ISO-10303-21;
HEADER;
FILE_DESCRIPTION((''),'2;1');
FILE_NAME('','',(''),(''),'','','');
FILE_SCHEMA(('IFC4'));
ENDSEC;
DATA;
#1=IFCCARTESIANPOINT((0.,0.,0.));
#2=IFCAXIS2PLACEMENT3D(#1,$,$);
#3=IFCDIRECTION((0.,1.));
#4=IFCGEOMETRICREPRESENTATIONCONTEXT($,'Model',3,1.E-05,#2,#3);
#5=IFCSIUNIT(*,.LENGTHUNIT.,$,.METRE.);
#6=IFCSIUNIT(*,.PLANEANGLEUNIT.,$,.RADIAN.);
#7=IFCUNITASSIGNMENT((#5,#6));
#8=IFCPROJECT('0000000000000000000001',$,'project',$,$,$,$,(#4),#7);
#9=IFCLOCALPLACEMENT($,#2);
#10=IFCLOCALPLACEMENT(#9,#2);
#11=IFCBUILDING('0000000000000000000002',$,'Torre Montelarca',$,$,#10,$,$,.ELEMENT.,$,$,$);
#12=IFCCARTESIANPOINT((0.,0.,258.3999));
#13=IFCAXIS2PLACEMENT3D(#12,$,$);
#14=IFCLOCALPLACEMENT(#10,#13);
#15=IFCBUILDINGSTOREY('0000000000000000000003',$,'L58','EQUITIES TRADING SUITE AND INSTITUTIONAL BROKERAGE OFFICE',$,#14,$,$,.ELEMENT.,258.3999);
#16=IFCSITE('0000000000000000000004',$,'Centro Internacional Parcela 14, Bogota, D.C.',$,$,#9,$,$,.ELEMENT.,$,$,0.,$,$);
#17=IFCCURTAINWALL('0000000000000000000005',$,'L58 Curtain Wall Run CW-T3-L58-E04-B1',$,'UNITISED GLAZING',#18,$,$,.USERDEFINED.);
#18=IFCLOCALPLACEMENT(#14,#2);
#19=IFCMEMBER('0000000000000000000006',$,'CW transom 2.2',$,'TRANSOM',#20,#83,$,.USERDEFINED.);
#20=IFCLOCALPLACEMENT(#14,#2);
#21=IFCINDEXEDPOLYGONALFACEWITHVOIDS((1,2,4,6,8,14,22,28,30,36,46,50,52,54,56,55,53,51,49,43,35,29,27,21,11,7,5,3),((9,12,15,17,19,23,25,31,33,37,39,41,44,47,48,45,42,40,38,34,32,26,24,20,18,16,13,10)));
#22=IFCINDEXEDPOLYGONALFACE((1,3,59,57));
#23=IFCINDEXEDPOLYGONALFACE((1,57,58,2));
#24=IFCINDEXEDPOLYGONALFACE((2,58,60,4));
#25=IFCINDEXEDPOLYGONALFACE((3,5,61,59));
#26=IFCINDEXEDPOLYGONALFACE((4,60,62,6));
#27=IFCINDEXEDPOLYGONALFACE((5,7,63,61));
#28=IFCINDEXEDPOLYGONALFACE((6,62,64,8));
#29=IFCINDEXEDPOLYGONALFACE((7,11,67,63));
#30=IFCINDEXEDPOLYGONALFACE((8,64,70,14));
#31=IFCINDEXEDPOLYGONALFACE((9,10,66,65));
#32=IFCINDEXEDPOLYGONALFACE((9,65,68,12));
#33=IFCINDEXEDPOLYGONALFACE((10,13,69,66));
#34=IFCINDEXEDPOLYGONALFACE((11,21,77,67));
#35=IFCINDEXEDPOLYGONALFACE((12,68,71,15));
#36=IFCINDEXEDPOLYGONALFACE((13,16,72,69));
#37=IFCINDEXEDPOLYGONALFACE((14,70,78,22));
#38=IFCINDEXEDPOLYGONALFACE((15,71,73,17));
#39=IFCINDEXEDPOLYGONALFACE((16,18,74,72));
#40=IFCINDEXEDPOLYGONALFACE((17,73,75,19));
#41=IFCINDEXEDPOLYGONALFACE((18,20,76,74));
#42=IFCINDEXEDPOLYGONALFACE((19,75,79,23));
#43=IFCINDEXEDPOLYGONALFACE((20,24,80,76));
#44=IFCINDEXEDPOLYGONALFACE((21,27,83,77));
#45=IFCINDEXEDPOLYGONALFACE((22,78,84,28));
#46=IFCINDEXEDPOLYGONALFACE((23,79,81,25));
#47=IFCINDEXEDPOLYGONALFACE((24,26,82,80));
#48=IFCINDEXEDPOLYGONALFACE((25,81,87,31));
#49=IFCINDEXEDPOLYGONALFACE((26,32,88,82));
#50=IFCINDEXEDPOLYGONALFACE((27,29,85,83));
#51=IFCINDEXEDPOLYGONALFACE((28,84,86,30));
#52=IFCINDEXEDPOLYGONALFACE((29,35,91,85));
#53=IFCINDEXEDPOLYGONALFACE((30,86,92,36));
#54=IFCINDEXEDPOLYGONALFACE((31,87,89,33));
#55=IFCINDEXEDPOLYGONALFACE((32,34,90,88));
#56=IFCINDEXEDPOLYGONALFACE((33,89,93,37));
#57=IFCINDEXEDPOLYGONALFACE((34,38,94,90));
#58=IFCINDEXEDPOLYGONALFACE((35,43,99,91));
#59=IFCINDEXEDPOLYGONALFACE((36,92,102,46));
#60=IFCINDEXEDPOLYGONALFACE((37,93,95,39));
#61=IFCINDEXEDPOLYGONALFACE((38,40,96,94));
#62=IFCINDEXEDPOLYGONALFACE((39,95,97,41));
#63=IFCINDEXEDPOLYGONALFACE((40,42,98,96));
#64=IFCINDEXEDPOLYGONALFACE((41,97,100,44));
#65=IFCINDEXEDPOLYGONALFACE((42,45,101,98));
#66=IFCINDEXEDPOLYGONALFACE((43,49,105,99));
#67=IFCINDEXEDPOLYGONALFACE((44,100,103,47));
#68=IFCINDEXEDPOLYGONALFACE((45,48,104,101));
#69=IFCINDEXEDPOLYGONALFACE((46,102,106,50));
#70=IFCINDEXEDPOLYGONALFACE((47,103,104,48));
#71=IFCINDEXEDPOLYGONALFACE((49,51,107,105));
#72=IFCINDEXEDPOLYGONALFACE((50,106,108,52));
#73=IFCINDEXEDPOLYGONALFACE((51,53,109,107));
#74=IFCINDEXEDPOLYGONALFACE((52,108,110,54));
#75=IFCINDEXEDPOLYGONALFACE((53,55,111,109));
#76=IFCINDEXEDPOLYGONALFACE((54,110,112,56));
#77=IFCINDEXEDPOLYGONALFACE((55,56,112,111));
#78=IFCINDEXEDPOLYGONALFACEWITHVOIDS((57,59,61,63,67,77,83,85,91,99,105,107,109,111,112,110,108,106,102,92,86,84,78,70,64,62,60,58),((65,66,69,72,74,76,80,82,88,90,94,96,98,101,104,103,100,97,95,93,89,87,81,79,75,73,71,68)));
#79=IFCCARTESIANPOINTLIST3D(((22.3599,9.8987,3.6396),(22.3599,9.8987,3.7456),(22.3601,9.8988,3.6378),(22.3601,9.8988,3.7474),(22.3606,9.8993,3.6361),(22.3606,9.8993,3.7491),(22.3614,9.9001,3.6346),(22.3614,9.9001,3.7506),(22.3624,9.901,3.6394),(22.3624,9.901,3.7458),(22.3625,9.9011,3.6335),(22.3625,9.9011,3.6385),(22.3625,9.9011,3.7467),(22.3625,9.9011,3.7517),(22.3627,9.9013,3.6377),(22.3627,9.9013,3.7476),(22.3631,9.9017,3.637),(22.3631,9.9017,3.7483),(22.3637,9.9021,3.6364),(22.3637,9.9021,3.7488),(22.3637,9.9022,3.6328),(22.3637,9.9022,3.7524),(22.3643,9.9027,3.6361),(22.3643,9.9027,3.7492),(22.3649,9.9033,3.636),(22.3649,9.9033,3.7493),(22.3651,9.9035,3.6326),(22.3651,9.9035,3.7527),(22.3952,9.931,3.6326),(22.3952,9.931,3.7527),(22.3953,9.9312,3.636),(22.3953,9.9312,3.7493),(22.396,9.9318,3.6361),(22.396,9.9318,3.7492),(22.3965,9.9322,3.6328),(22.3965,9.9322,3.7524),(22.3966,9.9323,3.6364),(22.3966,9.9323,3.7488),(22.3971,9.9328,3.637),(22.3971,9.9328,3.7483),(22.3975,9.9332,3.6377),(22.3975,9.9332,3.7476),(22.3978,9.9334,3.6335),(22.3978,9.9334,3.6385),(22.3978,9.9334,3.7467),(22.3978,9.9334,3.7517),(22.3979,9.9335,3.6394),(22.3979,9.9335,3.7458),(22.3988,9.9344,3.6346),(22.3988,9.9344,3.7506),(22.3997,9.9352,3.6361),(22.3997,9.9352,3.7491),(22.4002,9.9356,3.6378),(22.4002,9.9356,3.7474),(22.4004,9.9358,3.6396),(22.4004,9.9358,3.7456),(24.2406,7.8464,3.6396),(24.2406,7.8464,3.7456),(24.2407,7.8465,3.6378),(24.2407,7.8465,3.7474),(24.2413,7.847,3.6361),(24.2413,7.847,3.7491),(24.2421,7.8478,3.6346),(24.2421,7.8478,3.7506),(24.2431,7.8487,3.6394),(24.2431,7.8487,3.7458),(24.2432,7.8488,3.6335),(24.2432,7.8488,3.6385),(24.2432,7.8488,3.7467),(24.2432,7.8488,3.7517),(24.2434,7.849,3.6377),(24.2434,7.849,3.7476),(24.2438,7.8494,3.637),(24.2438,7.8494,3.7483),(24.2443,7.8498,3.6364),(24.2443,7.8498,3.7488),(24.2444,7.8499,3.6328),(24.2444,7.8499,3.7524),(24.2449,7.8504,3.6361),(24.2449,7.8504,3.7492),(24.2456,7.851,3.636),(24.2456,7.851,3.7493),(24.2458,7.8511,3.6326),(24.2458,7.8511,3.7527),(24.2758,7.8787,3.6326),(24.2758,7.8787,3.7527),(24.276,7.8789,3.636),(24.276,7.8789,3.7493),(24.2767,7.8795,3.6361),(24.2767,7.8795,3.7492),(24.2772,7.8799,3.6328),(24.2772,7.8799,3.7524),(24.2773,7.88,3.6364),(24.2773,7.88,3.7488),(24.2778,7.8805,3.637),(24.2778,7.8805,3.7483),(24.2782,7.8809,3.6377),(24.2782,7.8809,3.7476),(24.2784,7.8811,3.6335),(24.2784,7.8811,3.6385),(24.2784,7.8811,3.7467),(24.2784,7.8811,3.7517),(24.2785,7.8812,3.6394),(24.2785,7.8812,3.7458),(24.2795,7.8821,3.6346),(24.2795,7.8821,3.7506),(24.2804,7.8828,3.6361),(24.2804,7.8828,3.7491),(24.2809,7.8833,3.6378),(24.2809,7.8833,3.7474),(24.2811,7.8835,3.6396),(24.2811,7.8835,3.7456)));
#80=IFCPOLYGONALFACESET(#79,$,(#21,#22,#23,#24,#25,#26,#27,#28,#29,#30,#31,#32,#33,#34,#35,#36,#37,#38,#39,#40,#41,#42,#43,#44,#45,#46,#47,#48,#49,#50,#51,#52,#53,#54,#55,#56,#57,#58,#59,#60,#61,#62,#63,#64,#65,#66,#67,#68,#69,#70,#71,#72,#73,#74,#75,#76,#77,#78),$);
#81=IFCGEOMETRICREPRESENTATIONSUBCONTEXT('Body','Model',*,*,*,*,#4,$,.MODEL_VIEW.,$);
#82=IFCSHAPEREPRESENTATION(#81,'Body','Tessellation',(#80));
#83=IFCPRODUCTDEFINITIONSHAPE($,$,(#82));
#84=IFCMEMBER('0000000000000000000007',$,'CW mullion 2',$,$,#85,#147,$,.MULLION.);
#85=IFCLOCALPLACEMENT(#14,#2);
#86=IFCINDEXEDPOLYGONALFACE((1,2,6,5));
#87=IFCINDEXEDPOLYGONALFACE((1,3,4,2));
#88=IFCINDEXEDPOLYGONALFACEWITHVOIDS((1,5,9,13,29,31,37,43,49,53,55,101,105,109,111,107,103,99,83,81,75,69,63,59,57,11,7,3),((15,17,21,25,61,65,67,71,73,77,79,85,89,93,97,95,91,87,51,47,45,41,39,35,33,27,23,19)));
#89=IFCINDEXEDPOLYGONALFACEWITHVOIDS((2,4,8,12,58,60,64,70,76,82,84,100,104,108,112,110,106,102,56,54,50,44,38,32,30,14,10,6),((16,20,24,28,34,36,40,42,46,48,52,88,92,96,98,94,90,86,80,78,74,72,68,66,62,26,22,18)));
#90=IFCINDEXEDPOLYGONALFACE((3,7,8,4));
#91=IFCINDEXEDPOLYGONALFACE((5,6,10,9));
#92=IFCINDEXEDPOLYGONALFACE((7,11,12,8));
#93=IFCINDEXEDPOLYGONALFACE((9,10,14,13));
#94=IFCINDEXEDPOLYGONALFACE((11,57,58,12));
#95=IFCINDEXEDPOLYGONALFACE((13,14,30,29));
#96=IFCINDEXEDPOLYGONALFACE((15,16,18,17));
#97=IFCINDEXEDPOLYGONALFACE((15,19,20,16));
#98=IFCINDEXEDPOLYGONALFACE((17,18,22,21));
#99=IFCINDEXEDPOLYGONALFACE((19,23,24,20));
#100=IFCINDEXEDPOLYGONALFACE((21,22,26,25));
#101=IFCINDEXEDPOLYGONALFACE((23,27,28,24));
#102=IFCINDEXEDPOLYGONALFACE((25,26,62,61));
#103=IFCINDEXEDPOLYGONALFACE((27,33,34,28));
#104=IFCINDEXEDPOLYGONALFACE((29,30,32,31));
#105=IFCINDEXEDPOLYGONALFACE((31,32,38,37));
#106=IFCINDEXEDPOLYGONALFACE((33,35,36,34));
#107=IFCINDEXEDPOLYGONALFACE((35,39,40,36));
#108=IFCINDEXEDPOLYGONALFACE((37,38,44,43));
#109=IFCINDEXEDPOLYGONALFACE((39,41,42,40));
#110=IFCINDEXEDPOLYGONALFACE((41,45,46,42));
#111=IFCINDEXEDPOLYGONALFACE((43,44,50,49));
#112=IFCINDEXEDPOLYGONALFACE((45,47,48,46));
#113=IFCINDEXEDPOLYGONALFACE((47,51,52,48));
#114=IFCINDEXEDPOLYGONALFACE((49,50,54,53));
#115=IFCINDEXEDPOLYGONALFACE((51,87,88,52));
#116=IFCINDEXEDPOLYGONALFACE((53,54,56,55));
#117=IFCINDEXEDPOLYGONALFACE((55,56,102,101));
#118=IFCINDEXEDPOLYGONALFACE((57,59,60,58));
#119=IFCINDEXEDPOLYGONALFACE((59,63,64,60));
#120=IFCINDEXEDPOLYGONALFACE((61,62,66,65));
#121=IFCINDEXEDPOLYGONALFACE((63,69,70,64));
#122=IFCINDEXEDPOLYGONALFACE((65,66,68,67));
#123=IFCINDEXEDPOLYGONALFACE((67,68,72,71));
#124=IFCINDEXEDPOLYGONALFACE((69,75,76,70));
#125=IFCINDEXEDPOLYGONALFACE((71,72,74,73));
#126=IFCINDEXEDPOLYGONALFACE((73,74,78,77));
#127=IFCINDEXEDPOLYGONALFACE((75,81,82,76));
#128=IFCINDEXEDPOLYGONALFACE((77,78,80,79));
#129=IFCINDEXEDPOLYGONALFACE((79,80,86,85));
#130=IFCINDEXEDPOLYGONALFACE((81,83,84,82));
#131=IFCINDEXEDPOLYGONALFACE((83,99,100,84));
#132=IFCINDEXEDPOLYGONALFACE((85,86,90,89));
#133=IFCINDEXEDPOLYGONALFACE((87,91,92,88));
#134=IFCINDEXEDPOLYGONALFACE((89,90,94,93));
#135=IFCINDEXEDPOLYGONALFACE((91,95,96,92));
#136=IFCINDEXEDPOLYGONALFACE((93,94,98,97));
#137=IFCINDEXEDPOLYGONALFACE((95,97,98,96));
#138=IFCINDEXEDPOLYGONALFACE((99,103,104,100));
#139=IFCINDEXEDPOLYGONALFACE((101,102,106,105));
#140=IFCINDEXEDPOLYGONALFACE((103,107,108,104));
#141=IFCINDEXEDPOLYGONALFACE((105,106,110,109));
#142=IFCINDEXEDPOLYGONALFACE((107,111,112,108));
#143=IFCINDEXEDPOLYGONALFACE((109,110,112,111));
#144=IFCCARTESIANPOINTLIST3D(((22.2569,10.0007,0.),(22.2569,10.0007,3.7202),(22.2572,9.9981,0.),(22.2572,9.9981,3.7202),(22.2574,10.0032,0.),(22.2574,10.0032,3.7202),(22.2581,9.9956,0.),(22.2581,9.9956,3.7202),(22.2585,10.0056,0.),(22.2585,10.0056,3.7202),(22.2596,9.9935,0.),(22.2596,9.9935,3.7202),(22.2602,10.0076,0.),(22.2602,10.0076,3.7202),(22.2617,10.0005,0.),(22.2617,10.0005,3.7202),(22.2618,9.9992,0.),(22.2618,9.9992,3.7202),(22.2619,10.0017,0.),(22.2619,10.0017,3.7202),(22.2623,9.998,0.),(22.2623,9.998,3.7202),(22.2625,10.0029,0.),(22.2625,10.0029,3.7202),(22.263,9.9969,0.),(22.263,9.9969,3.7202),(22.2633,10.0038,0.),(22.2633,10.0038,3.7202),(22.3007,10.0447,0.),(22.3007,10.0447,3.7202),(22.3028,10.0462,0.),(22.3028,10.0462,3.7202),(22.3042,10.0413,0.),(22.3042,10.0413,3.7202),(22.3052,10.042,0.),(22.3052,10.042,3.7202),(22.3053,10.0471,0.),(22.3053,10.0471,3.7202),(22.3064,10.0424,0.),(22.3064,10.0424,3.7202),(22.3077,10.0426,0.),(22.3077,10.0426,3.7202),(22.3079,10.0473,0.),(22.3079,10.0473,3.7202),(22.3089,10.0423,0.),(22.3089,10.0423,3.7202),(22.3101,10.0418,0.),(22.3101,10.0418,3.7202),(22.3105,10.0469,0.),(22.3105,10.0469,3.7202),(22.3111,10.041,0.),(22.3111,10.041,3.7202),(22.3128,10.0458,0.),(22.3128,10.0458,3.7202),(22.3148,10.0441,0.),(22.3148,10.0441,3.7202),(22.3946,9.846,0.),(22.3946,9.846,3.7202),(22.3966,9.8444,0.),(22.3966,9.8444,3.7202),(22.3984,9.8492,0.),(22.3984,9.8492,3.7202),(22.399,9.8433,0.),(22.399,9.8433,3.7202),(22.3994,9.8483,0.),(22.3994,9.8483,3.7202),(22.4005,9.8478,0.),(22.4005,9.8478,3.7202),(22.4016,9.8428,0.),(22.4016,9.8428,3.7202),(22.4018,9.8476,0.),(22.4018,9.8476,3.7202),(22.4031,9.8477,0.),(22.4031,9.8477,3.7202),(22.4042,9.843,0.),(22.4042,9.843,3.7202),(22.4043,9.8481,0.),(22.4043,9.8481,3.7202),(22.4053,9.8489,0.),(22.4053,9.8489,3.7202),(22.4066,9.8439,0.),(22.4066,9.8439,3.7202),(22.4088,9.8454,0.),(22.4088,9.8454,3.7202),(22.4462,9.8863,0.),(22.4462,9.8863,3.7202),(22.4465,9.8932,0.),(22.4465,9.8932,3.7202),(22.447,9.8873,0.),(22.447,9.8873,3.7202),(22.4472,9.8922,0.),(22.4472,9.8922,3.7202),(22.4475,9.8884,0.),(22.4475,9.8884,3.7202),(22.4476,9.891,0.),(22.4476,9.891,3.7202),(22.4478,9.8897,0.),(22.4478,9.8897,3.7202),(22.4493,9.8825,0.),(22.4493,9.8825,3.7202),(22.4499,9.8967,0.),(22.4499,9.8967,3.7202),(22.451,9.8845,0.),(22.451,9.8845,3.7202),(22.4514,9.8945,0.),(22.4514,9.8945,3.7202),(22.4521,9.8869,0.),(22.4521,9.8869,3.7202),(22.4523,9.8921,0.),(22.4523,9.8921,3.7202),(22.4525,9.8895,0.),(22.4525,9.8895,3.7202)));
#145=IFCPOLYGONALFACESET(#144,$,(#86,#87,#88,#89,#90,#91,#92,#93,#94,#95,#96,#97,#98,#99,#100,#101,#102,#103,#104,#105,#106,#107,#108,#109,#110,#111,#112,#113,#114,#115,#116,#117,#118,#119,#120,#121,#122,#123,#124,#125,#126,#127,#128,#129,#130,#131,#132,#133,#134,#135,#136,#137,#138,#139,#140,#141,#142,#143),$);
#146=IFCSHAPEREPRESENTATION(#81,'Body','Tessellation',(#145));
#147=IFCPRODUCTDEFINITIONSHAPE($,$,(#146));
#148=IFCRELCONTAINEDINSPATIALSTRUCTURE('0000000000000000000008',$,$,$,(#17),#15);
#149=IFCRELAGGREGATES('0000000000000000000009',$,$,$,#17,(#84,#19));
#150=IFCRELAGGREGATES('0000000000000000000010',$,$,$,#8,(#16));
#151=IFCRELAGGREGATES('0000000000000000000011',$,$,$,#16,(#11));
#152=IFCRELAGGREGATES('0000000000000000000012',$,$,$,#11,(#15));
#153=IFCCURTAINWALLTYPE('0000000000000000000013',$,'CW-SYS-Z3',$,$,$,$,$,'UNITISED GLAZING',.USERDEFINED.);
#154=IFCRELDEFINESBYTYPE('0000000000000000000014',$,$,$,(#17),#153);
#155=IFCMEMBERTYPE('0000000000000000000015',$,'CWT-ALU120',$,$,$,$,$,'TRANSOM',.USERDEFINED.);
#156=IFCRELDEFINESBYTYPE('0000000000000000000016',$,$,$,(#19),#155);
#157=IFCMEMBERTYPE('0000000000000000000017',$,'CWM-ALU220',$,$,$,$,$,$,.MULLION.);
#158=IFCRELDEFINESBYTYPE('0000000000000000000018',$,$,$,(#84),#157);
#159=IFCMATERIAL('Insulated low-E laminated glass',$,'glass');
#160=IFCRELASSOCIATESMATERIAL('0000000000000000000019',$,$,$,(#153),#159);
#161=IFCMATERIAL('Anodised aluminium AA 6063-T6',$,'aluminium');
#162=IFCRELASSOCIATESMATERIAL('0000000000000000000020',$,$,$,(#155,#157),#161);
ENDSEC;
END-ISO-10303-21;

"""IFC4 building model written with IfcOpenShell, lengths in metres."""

from ifc_helpers import new_model, si_unit, direction, frame, origin, origin_2d, place, context, subcontext, project, spatial, hollow_rectangle, extrude, source, transform, mapped, material, material_profile, profile_set, type_object, element, aggregate, save


model = new_model("IFC4")

# Units and contexts
model_context = context("Model", 3, precision=1e-05, world=origin(), true_north=direction((0.0, 1.0)))
body_context = subcontext(model_context, "Body", "Model", "MODEL_VIEW")
ifc_project = project(units=[si_unit("LENGTHUNIT", "METRE"), si_unit("PLANEANGLEUNIT", "RADIAN")], contexts=[model_context])

# Site, building, storey
site_placement = place(None, origin())
site = spatial("IfcSite", under=ifc_project, at=site_placement, Name="Centro Internacional Parcela 14, Bogota, D.C.", CompositionType="ELEMENT", RefElevation=0.0)
building_placement = place(site_placement, origin())
building = spatial("IfcBuilding", under=site, at=building_placement, Name="Torre Montelarca", CompositionType="ELEMENT")
storey_placement = place(building_placement, frame((0.0, 0.0, 258.3999)))
storey = spatial("IfcBuildingStorey", under=building, at=storey_placement, Name="L58", Description="EQUITIES TRADING SUITE AND INSTITUTIONAL BROKERAGE OFFICE", CompositionType="ELEMENT", Elevation=258.3999)

# Curtain wall, members
ifc_material_1 = material(Name="Insulated low-E laminated glass", Category="glass")
curtain_wall_type = type_object("IfcCurtainWallType", Name="CW-SYS-Z3", ElementType="UNITISED GLAZING", PredefinedType="USERDEFINED", material=ifc_material_1)
ifc_material_2 = material(Name="Anodised aluminium AA 6063-T6", Category="aluminium")
ifc_material_profile_1 = material_profile(ifc_material_2, hollow_rectangle(XDim=0.0549, YDim=0.1201, WallThickness=0.0034, InnerFilletRadius=0.0034, OuterFilletRadius=0.0071, at=origin_2d()), Name="ALU55X120X3.5", Category="aluminium")
ifc_profile_set_1 = profile_set([ifc_material_profile_1], Name="Anodised aluminium AA 6063-T6")
member_type_1 = type_object("IfcMemberType", Name="CWT-ALU120", ElementType="TRANSOM", PredefinedType="USERDEFINED", material=ifc_profile_set_1)
curtain_wall_1_placement = place(storey_placement, origin())
curtain_wall_1 = element("IfcCurtainWall", 1, at=curtain_wall_1_placement, inside=storey, type_object=curtain_wall_type, Name="L58 Curtain Wall Run CW-T3-L58-E04-B1", ObjectType="UNITISED GLAZING", PredefinedType="USERDEFINED")
shared_shape_1 = source(origin(), body_context, "Body", "SweptSolid", [
    extrude(hollow_rectangle(XDim=0.0549, YDim=0.1201, WallThickness=0.0034, InnerFilletRadius=0.0034, OuterFilletRadius=0.0071, at=origin_2d()), origin(), (0.0, 0.0, 1.0), 2.7837),
])
member_1_placement = place(storey_placement, frame((22.3801, 9.9172, 3.6926), z_axis=(0.675605, -0.737263, 0.0), x_axis=(0.737263, 0.675605, 0.0)))
member_1 = element("IfcMember", 2, at=member_1_placement, type_object=member_type_1, Name="CW transom 2.2", ObjectType="TRANSOM", PredefinedType="USERDEFINED", context=body_context, shape_type="MappedRepresentation", body=[
    mapped(shared_shape_1, transform((0.0, 0.0, 0.0), scale=1.0)),
])
ifc_material_profile_2 = material_profile(ifc_material_2, hollow_rectangle(XDim=0.075, YDim=0.22, WallThickness=0.0049, InnerFilletRadius=0.0049, OuterFilletRadius=0.01, at=origin_2d()), Name="ALU75X220X5", Category="aluminium")
ifc_profile_set_2 = profile_set([ifc_material_profile_2], Name="Anodised aluminium AA 6063-T6")
member_type_2 = type_object("IfcMemberType", Name="CWM-ALU220", PredefinedType="MULLION", material=ifc_profile_set_2)
shared_shape_2 = source(origin(), body_context, "Body", "SweptSolid", [
    extrude(hollow_rectangle(XDim=0.075, YDim=0.22, WallThickness=0.0049, InnerFilletRadius=0.0049, OuterFilletRadius=0.01, at=origin_2d()), origin(), (0.0, 0.0, 1.0), 3.7202),
])
member_2_placement = place(storey_placement, frame((22.3547, 9.9451, 0.0), z_axis=(0.0, 0.0, 1.0), x_axis=(0.737293, 0.675573, 0.0)))
member_2 = element("IfcMember", 3, at=member_2_placement, type_object=member_type_2, Name="CW mullion 2", PredefinedType="MULLION", context=body_context, shape_type="MappedRepresentation", body=[
    mapped(shared_shape_2, transform((0.0, 0.0, 0.0), scale=1.0)),
])

aggregate(curtain_wall_1, [member_2, member_1])

save(model, "model.ifc")
